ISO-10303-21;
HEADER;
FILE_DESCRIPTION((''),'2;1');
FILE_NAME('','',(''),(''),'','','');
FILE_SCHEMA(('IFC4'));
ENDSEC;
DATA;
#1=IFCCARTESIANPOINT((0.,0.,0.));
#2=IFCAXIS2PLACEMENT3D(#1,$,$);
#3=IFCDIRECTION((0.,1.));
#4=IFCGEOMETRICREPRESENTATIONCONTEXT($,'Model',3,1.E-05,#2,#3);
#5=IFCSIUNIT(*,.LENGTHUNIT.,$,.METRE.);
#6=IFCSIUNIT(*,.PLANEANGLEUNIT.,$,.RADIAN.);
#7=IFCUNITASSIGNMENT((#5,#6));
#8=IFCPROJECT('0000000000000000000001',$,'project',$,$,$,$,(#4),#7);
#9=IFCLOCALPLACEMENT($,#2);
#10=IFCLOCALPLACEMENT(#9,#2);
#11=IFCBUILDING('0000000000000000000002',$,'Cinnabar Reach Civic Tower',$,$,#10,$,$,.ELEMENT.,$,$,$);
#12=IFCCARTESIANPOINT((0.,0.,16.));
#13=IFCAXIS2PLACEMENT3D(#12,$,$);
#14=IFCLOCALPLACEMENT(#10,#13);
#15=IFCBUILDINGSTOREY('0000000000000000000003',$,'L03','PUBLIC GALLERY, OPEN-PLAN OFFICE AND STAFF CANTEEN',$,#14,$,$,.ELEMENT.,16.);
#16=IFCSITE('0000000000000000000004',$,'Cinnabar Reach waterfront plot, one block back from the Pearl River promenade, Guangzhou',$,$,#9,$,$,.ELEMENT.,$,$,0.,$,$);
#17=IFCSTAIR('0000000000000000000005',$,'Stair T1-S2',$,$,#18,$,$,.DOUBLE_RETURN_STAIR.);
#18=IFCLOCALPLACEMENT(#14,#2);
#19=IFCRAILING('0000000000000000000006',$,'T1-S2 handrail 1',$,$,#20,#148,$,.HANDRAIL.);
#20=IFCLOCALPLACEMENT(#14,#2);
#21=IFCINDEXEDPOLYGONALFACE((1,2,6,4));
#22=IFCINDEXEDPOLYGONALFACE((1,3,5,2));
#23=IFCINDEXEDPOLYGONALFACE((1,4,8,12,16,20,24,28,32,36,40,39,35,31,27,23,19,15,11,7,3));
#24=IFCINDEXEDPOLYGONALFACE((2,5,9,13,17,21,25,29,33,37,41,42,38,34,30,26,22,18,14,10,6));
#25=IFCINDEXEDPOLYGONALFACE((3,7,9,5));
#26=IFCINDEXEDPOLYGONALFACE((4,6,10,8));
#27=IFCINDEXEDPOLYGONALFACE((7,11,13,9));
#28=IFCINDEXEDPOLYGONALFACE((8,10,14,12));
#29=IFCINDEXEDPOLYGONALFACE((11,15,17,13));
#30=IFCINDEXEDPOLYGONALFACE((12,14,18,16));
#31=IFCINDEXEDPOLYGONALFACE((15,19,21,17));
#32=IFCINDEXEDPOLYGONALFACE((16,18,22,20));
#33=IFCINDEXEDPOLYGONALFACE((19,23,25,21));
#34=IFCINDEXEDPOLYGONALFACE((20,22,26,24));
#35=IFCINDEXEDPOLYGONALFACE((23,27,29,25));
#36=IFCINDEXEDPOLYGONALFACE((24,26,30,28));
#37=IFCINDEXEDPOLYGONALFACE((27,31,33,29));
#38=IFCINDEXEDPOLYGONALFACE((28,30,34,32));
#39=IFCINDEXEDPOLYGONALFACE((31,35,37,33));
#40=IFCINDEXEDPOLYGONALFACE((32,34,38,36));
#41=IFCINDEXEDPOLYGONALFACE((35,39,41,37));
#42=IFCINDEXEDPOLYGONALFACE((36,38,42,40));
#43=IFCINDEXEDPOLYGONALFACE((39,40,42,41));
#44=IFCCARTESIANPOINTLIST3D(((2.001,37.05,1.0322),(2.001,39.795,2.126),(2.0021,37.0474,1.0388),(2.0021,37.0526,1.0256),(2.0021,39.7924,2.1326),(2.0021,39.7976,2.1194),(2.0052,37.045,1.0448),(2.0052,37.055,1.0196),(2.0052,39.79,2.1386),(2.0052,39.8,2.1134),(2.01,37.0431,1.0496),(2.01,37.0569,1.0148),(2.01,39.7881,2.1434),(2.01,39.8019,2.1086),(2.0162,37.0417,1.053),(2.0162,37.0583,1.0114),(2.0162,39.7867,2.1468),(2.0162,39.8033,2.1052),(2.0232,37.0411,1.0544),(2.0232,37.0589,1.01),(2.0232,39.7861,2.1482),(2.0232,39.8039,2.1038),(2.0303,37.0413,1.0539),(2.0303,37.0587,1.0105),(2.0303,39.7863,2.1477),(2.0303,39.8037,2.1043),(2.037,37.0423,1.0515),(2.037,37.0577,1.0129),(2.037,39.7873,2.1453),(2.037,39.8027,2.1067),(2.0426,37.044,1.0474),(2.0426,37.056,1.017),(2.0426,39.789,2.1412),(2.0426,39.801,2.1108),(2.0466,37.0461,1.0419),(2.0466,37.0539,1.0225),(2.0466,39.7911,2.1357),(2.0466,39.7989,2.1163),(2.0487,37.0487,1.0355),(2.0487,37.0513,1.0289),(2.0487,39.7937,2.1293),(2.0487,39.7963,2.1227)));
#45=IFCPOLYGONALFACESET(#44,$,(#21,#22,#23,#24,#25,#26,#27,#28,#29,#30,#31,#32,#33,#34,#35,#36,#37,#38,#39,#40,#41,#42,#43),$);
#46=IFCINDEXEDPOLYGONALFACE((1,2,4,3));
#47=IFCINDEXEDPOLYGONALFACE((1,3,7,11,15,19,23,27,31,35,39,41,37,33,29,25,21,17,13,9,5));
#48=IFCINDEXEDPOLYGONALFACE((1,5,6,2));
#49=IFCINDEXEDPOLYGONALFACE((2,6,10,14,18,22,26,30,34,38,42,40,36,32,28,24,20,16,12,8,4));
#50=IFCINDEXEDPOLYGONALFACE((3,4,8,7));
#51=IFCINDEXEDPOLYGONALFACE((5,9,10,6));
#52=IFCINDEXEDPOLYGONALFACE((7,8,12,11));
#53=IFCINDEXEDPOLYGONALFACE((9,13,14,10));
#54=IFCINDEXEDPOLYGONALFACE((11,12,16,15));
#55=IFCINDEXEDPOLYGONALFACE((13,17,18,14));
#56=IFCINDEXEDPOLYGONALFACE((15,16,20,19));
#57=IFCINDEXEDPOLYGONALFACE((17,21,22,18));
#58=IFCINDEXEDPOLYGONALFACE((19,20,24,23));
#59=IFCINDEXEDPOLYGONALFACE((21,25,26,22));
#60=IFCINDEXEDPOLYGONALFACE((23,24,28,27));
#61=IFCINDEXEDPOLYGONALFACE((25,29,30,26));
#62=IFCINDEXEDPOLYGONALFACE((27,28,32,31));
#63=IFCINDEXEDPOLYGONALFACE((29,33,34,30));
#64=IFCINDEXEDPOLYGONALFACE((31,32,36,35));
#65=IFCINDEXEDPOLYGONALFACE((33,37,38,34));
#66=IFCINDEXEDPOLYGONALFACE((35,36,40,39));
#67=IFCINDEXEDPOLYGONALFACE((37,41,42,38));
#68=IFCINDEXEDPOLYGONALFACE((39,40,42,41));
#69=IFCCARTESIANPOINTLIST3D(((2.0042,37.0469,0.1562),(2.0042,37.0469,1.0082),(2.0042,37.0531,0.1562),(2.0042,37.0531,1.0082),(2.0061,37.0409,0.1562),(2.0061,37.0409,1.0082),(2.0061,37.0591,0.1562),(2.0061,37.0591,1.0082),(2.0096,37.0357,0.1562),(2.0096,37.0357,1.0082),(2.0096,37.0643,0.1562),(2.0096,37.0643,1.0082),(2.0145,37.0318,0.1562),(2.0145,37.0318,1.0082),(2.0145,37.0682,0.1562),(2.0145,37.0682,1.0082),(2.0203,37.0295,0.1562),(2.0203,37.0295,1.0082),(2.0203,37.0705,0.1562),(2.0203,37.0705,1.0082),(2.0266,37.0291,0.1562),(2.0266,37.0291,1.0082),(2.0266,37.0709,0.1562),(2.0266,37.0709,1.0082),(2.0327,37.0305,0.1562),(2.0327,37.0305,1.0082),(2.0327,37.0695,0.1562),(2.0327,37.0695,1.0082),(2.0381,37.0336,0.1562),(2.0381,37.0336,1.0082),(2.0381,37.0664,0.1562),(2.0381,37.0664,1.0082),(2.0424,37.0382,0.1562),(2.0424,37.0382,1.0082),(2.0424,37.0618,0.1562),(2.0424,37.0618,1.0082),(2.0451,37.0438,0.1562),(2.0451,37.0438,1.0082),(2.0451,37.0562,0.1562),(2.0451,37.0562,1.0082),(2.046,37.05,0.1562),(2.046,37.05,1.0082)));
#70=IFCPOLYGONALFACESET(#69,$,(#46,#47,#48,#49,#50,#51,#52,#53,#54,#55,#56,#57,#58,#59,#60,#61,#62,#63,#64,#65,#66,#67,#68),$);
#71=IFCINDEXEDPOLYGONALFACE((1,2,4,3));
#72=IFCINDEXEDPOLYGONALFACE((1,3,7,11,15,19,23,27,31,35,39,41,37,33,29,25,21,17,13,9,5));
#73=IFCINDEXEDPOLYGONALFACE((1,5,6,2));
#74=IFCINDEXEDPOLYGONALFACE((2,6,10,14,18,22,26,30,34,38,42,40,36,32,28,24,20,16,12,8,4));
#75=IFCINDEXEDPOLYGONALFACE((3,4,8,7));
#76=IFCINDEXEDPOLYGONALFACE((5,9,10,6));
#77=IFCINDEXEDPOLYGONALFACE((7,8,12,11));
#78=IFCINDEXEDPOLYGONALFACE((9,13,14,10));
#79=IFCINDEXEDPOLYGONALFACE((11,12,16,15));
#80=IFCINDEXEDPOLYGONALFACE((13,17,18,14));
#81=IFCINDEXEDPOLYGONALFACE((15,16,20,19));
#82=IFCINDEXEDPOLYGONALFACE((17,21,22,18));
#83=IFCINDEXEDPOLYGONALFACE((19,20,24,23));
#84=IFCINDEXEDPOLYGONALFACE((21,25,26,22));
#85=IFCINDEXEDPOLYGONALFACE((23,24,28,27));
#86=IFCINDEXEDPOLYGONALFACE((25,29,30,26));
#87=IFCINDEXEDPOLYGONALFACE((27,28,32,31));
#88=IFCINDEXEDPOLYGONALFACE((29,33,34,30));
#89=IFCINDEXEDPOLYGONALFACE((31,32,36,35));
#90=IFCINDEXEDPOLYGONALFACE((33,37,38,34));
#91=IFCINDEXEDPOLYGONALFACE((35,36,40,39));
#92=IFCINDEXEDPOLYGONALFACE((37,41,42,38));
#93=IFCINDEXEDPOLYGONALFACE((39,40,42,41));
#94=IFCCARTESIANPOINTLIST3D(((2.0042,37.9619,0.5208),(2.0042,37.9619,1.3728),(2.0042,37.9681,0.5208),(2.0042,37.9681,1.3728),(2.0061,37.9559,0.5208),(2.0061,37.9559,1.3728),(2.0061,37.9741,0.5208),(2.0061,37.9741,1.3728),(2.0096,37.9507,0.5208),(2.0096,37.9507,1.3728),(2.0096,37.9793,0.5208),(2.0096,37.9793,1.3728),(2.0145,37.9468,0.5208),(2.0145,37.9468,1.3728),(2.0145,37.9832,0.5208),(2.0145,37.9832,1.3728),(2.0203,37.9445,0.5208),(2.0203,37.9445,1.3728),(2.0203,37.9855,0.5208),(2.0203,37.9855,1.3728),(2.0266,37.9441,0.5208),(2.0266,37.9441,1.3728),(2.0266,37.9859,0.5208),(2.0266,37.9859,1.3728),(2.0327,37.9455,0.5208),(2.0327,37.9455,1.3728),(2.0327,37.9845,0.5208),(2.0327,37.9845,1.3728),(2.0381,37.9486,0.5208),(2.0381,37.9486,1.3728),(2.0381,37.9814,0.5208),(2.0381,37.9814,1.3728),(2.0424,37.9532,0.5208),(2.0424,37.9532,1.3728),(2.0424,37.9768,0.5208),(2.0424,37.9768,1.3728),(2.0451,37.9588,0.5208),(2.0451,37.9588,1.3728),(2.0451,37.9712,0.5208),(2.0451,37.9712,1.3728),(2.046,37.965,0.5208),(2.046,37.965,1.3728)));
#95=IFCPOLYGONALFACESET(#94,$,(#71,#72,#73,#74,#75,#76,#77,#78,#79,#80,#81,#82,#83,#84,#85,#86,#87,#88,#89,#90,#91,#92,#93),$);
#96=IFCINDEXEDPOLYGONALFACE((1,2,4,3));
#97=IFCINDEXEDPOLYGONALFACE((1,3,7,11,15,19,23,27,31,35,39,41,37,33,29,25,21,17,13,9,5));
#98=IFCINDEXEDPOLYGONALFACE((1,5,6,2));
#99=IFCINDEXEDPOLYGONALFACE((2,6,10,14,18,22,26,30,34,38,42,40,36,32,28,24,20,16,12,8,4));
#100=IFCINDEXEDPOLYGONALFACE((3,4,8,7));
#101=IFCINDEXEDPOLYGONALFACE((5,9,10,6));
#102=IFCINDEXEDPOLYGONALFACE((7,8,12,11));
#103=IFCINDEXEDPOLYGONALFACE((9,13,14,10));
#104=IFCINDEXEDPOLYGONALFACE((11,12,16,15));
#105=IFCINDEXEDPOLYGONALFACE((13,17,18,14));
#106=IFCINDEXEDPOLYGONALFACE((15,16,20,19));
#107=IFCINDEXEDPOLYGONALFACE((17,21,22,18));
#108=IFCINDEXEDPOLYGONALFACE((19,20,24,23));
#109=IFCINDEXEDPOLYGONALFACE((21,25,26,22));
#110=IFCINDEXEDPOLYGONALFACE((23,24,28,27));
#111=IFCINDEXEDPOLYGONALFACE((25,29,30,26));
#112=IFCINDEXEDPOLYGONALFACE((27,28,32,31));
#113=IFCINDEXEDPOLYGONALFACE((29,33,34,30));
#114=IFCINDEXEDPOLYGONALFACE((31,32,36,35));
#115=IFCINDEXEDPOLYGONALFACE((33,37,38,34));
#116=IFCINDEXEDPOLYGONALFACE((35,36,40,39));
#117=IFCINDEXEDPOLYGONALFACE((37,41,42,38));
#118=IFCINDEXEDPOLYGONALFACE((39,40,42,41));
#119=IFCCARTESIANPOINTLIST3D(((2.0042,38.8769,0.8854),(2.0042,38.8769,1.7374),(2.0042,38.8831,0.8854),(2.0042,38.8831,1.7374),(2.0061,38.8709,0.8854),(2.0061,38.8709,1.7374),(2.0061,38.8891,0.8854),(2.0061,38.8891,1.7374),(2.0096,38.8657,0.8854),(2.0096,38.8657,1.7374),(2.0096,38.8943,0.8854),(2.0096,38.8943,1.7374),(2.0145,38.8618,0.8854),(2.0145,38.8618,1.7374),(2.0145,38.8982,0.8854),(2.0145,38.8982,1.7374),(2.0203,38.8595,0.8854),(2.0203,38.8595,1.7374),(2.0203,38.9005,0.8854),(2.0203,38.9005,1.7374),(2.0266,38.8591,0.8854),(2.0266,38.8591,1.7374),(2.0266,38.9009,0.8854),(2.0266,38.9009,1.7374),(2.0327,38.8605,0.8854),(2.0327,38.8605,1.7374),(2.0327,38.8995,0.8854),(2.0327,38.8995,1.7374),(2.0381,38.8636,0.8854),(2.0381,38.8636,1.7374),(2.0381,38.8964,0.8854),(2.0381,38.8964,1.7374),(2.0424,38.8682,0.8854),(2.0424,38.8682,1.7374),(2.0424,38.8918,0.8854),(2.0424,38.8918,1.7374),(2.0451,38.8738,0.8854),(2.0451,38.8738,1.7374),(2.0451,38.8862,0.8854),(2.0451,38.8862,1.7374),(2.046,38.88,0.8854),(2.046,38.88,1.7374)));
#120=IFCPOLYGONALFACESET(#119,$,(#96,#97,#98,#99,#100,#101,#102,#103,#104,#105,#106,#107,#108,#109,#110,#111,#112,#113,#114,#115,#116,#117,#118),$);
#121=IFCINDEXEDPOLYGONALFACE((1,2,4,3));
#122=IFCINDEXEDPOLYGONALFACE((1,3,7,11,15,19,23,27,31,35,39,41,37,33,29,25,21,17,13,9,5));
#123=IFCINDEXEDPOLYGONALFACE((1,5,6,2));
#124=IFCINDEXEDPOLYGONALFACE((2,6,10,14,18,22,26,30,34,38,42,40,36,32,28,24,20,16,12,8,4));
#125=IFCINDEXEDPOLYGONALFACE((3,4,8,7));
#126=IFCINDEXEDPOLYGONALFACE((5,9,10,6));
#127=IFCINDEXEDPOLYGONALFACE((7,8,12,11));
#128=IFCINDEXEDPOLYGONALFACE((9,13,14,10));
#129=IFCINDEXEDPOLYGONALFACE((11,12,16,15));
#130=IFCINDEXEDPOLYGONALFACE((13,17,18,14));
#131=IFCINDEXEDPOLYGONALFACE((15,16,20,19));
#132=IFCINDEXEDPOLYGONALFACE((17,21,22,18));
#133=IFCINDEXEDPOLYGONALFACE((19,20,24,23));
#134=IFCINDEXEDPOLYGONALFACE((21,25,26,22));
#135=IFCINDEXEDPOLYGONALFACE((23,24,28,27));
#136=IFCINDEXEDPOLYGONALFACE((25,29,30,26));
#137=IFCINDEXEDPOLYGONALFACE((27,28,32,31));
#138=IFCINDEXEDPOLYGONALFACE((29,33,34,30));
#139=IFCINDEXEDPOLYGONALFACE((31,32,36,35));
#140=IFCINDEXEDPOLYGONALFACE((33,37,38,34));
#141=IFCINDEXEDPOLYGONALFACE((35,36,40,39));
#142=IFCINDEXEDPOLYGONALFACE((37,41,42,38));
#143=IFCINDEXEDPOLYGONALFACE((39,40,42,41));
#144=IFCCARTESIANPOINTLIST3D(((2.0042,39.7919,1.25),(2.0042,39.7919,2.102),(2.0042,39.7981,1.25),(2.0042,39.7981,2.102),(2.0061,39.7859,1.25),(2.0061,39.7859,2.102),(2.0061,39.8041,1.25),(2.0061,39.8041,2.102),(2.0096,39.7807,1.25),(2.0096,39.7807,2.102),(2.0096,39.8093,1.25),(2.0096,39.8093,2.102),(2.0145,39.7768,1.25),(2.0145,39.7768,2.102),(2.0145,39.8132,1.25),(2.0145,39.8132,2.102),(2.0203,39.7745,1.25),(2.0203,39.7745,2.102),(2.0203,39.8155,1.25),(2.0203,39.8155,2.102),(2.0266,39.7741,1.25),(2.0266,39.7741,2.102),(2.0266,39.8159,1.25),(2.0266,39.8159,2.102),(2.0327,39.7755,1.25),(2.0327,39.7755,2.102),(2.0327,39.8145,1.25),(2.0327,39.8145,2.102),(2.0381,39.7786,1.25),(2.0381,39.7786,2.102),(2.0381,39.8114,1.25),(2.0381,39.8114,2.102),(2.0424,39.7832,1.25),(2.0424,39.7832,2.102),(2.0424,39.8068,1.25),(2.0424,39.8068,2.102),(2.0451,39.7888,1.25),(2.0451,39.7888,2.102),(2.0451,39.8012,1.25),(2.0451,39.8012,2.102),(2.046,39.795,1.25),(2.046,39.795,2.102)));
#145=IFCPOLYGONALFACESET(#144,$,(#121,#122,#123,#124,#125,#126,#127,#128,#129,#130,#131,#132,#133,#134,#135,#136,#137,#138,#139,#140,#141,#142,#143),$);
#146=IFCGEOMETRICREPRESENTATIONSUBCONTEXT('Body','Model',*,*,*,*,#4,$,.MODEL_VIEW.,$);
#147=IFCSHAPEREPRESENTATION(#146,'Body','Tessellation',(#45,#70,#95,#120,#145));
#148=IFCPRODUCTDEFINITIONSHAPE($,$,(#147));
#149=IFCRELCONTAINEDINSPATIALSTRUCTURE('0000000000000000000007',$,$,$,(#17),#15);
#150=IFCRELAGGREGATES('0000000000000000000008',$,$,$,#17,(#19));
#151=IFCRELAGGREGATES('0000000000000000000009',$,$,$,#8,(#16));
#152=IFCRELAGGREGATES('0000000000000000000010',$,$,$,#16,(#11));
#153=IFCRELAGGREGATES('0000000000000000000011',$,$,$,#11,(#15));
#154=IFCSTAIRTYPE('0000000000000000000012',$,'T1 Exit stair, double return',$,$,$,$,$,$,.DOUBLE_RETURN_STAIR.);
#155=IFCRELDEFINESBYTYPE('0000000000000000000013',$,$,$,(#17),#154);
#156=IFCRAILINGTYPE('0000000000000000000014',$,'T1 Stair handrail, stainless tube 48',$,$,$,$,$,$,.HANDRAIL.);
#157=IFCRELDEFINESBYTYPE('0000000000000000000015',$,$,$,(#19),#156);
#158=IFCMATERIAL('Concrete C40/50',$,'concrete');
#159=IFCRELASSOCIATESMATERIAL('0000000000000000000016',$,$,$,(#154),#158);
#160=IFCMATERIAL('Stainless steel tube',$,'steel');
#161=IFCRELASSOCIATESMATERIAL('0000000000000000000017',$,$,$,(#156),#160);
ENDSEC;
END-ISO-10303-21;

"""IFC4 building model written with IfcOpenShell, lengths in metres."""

from ifc_helpers import new_model, si_unit, direction, frame, origin, origin_2d, place, context, subcontext, project, spatial, circle, extrude, material, type_object, element, aggregate, save


model = new_model("IFC4")

# Units and contexts
model_context = context("Model", 3, precision=1e-05, world=origin(), true_north=direction((0.0, 1.0)))
body_context = subcontext(model_context, "Body", "Model", "MODEL_VIEW")
ifc_project = project(units=[si_unit("LENGTHUNIT", "METRE"), si_unit("PLANEANGLEUNIT", "RADIAN")], contexts=[model_context])

# Site, building, storey
site_placement = place(None, origin())
site = spatial("IfcSite", under=ifc_project, at=site_placement, Name="Cinnabar Reach waterfront plot, one block back from the Pearl River promenade, Guangzhou", CompositionType="ELEMENT", RefElevation=0.0)
building_placement = place(site_placement, origin())
building = spatial("IfcBuilding", under=site, at=building_placement, Name="Cinnabar Reach Civic Tower", CompositionType="ELEMENT")
storey_placement = place(building_placement, frame((0.0, 0.0, 16.0)))
storey = spatial("IfcBuildingStorey", under=building, at=storey_placement, Name="L03", Description="PUBLIC GALLERY, OPEN-PLAN OFFICE AND STAFF CANTEEN", CompositionType="ELEMENT", Elevation=16.0)

# Stair, railing
ifc_material_1 = material(Name="Concrete C40/50", Category="concrete")
stair_type = type_object("IfcStairType", Name="T1 Exit stair, double return", PredefinedType="DOUBLE_RETURN_STAIR", material=ifc_material_1)
stair_placement = place(storey_placement, origin())
stair = element("IfcStair", 1, at=stair_placement, inside=storey, type_object=stair_type, Name="Stair T1-S2", PredefinedType="DOUBLE_RETURN_STAIR")
ifc_material_2 = material(Name="Stainless steel tube", Category="steel")
railing_type_1 = type_object("IfcRailingType", Name="T1 Stair handrail, stainless tube 48", PredefinedType="HANDRAIL", material=ifc_material_2)
railing_1_placement = place(storey_placement, frame((2.025, 37.05, 0.1562)))
railing_1 = element("IfcRailing", 2, at=railing_1_placement, type_object=railing_type_1, Name="T1-S2 handrail 1", PredefinedType="HANDRAIL", context=body_context, shape_type="SweptSolid", body=[
    extrude(circle(Radius=0.024, at=origin_2d()), frame((0.0, 0.0, 0.876), z_axis=(0.0, 0.928966, 0.370165), x_axis=(-1.0, 0.0, 0.0)), (0.0, 0.0, 1.0), 2.9549),
    extrude(circle(Radius=0.021, at=origin_2d()), origin(), (0.0, 0.0, 1.0), 0.852),
    extrude(circle(Radius=0.021, at=origin_2d()), frame((0.0, 0.915, 0.3646)), (0.0, 0.0, 1.0), 0.852),
    extrude(circle(Radius=0.021, at=origin_2d()), frame((0.0, 1.83, 0.7292)), (0.0, 0.0, 1.0), 0.852),
    extrude(circle(Radius=0.021, at=origin_2d()), frame((0.0, 2.745, 1.0938)), (0.0, 0.0, 1.0), 0.852),
])
aggregate(stair, [railing_1])

save(model, "model.ifc")
